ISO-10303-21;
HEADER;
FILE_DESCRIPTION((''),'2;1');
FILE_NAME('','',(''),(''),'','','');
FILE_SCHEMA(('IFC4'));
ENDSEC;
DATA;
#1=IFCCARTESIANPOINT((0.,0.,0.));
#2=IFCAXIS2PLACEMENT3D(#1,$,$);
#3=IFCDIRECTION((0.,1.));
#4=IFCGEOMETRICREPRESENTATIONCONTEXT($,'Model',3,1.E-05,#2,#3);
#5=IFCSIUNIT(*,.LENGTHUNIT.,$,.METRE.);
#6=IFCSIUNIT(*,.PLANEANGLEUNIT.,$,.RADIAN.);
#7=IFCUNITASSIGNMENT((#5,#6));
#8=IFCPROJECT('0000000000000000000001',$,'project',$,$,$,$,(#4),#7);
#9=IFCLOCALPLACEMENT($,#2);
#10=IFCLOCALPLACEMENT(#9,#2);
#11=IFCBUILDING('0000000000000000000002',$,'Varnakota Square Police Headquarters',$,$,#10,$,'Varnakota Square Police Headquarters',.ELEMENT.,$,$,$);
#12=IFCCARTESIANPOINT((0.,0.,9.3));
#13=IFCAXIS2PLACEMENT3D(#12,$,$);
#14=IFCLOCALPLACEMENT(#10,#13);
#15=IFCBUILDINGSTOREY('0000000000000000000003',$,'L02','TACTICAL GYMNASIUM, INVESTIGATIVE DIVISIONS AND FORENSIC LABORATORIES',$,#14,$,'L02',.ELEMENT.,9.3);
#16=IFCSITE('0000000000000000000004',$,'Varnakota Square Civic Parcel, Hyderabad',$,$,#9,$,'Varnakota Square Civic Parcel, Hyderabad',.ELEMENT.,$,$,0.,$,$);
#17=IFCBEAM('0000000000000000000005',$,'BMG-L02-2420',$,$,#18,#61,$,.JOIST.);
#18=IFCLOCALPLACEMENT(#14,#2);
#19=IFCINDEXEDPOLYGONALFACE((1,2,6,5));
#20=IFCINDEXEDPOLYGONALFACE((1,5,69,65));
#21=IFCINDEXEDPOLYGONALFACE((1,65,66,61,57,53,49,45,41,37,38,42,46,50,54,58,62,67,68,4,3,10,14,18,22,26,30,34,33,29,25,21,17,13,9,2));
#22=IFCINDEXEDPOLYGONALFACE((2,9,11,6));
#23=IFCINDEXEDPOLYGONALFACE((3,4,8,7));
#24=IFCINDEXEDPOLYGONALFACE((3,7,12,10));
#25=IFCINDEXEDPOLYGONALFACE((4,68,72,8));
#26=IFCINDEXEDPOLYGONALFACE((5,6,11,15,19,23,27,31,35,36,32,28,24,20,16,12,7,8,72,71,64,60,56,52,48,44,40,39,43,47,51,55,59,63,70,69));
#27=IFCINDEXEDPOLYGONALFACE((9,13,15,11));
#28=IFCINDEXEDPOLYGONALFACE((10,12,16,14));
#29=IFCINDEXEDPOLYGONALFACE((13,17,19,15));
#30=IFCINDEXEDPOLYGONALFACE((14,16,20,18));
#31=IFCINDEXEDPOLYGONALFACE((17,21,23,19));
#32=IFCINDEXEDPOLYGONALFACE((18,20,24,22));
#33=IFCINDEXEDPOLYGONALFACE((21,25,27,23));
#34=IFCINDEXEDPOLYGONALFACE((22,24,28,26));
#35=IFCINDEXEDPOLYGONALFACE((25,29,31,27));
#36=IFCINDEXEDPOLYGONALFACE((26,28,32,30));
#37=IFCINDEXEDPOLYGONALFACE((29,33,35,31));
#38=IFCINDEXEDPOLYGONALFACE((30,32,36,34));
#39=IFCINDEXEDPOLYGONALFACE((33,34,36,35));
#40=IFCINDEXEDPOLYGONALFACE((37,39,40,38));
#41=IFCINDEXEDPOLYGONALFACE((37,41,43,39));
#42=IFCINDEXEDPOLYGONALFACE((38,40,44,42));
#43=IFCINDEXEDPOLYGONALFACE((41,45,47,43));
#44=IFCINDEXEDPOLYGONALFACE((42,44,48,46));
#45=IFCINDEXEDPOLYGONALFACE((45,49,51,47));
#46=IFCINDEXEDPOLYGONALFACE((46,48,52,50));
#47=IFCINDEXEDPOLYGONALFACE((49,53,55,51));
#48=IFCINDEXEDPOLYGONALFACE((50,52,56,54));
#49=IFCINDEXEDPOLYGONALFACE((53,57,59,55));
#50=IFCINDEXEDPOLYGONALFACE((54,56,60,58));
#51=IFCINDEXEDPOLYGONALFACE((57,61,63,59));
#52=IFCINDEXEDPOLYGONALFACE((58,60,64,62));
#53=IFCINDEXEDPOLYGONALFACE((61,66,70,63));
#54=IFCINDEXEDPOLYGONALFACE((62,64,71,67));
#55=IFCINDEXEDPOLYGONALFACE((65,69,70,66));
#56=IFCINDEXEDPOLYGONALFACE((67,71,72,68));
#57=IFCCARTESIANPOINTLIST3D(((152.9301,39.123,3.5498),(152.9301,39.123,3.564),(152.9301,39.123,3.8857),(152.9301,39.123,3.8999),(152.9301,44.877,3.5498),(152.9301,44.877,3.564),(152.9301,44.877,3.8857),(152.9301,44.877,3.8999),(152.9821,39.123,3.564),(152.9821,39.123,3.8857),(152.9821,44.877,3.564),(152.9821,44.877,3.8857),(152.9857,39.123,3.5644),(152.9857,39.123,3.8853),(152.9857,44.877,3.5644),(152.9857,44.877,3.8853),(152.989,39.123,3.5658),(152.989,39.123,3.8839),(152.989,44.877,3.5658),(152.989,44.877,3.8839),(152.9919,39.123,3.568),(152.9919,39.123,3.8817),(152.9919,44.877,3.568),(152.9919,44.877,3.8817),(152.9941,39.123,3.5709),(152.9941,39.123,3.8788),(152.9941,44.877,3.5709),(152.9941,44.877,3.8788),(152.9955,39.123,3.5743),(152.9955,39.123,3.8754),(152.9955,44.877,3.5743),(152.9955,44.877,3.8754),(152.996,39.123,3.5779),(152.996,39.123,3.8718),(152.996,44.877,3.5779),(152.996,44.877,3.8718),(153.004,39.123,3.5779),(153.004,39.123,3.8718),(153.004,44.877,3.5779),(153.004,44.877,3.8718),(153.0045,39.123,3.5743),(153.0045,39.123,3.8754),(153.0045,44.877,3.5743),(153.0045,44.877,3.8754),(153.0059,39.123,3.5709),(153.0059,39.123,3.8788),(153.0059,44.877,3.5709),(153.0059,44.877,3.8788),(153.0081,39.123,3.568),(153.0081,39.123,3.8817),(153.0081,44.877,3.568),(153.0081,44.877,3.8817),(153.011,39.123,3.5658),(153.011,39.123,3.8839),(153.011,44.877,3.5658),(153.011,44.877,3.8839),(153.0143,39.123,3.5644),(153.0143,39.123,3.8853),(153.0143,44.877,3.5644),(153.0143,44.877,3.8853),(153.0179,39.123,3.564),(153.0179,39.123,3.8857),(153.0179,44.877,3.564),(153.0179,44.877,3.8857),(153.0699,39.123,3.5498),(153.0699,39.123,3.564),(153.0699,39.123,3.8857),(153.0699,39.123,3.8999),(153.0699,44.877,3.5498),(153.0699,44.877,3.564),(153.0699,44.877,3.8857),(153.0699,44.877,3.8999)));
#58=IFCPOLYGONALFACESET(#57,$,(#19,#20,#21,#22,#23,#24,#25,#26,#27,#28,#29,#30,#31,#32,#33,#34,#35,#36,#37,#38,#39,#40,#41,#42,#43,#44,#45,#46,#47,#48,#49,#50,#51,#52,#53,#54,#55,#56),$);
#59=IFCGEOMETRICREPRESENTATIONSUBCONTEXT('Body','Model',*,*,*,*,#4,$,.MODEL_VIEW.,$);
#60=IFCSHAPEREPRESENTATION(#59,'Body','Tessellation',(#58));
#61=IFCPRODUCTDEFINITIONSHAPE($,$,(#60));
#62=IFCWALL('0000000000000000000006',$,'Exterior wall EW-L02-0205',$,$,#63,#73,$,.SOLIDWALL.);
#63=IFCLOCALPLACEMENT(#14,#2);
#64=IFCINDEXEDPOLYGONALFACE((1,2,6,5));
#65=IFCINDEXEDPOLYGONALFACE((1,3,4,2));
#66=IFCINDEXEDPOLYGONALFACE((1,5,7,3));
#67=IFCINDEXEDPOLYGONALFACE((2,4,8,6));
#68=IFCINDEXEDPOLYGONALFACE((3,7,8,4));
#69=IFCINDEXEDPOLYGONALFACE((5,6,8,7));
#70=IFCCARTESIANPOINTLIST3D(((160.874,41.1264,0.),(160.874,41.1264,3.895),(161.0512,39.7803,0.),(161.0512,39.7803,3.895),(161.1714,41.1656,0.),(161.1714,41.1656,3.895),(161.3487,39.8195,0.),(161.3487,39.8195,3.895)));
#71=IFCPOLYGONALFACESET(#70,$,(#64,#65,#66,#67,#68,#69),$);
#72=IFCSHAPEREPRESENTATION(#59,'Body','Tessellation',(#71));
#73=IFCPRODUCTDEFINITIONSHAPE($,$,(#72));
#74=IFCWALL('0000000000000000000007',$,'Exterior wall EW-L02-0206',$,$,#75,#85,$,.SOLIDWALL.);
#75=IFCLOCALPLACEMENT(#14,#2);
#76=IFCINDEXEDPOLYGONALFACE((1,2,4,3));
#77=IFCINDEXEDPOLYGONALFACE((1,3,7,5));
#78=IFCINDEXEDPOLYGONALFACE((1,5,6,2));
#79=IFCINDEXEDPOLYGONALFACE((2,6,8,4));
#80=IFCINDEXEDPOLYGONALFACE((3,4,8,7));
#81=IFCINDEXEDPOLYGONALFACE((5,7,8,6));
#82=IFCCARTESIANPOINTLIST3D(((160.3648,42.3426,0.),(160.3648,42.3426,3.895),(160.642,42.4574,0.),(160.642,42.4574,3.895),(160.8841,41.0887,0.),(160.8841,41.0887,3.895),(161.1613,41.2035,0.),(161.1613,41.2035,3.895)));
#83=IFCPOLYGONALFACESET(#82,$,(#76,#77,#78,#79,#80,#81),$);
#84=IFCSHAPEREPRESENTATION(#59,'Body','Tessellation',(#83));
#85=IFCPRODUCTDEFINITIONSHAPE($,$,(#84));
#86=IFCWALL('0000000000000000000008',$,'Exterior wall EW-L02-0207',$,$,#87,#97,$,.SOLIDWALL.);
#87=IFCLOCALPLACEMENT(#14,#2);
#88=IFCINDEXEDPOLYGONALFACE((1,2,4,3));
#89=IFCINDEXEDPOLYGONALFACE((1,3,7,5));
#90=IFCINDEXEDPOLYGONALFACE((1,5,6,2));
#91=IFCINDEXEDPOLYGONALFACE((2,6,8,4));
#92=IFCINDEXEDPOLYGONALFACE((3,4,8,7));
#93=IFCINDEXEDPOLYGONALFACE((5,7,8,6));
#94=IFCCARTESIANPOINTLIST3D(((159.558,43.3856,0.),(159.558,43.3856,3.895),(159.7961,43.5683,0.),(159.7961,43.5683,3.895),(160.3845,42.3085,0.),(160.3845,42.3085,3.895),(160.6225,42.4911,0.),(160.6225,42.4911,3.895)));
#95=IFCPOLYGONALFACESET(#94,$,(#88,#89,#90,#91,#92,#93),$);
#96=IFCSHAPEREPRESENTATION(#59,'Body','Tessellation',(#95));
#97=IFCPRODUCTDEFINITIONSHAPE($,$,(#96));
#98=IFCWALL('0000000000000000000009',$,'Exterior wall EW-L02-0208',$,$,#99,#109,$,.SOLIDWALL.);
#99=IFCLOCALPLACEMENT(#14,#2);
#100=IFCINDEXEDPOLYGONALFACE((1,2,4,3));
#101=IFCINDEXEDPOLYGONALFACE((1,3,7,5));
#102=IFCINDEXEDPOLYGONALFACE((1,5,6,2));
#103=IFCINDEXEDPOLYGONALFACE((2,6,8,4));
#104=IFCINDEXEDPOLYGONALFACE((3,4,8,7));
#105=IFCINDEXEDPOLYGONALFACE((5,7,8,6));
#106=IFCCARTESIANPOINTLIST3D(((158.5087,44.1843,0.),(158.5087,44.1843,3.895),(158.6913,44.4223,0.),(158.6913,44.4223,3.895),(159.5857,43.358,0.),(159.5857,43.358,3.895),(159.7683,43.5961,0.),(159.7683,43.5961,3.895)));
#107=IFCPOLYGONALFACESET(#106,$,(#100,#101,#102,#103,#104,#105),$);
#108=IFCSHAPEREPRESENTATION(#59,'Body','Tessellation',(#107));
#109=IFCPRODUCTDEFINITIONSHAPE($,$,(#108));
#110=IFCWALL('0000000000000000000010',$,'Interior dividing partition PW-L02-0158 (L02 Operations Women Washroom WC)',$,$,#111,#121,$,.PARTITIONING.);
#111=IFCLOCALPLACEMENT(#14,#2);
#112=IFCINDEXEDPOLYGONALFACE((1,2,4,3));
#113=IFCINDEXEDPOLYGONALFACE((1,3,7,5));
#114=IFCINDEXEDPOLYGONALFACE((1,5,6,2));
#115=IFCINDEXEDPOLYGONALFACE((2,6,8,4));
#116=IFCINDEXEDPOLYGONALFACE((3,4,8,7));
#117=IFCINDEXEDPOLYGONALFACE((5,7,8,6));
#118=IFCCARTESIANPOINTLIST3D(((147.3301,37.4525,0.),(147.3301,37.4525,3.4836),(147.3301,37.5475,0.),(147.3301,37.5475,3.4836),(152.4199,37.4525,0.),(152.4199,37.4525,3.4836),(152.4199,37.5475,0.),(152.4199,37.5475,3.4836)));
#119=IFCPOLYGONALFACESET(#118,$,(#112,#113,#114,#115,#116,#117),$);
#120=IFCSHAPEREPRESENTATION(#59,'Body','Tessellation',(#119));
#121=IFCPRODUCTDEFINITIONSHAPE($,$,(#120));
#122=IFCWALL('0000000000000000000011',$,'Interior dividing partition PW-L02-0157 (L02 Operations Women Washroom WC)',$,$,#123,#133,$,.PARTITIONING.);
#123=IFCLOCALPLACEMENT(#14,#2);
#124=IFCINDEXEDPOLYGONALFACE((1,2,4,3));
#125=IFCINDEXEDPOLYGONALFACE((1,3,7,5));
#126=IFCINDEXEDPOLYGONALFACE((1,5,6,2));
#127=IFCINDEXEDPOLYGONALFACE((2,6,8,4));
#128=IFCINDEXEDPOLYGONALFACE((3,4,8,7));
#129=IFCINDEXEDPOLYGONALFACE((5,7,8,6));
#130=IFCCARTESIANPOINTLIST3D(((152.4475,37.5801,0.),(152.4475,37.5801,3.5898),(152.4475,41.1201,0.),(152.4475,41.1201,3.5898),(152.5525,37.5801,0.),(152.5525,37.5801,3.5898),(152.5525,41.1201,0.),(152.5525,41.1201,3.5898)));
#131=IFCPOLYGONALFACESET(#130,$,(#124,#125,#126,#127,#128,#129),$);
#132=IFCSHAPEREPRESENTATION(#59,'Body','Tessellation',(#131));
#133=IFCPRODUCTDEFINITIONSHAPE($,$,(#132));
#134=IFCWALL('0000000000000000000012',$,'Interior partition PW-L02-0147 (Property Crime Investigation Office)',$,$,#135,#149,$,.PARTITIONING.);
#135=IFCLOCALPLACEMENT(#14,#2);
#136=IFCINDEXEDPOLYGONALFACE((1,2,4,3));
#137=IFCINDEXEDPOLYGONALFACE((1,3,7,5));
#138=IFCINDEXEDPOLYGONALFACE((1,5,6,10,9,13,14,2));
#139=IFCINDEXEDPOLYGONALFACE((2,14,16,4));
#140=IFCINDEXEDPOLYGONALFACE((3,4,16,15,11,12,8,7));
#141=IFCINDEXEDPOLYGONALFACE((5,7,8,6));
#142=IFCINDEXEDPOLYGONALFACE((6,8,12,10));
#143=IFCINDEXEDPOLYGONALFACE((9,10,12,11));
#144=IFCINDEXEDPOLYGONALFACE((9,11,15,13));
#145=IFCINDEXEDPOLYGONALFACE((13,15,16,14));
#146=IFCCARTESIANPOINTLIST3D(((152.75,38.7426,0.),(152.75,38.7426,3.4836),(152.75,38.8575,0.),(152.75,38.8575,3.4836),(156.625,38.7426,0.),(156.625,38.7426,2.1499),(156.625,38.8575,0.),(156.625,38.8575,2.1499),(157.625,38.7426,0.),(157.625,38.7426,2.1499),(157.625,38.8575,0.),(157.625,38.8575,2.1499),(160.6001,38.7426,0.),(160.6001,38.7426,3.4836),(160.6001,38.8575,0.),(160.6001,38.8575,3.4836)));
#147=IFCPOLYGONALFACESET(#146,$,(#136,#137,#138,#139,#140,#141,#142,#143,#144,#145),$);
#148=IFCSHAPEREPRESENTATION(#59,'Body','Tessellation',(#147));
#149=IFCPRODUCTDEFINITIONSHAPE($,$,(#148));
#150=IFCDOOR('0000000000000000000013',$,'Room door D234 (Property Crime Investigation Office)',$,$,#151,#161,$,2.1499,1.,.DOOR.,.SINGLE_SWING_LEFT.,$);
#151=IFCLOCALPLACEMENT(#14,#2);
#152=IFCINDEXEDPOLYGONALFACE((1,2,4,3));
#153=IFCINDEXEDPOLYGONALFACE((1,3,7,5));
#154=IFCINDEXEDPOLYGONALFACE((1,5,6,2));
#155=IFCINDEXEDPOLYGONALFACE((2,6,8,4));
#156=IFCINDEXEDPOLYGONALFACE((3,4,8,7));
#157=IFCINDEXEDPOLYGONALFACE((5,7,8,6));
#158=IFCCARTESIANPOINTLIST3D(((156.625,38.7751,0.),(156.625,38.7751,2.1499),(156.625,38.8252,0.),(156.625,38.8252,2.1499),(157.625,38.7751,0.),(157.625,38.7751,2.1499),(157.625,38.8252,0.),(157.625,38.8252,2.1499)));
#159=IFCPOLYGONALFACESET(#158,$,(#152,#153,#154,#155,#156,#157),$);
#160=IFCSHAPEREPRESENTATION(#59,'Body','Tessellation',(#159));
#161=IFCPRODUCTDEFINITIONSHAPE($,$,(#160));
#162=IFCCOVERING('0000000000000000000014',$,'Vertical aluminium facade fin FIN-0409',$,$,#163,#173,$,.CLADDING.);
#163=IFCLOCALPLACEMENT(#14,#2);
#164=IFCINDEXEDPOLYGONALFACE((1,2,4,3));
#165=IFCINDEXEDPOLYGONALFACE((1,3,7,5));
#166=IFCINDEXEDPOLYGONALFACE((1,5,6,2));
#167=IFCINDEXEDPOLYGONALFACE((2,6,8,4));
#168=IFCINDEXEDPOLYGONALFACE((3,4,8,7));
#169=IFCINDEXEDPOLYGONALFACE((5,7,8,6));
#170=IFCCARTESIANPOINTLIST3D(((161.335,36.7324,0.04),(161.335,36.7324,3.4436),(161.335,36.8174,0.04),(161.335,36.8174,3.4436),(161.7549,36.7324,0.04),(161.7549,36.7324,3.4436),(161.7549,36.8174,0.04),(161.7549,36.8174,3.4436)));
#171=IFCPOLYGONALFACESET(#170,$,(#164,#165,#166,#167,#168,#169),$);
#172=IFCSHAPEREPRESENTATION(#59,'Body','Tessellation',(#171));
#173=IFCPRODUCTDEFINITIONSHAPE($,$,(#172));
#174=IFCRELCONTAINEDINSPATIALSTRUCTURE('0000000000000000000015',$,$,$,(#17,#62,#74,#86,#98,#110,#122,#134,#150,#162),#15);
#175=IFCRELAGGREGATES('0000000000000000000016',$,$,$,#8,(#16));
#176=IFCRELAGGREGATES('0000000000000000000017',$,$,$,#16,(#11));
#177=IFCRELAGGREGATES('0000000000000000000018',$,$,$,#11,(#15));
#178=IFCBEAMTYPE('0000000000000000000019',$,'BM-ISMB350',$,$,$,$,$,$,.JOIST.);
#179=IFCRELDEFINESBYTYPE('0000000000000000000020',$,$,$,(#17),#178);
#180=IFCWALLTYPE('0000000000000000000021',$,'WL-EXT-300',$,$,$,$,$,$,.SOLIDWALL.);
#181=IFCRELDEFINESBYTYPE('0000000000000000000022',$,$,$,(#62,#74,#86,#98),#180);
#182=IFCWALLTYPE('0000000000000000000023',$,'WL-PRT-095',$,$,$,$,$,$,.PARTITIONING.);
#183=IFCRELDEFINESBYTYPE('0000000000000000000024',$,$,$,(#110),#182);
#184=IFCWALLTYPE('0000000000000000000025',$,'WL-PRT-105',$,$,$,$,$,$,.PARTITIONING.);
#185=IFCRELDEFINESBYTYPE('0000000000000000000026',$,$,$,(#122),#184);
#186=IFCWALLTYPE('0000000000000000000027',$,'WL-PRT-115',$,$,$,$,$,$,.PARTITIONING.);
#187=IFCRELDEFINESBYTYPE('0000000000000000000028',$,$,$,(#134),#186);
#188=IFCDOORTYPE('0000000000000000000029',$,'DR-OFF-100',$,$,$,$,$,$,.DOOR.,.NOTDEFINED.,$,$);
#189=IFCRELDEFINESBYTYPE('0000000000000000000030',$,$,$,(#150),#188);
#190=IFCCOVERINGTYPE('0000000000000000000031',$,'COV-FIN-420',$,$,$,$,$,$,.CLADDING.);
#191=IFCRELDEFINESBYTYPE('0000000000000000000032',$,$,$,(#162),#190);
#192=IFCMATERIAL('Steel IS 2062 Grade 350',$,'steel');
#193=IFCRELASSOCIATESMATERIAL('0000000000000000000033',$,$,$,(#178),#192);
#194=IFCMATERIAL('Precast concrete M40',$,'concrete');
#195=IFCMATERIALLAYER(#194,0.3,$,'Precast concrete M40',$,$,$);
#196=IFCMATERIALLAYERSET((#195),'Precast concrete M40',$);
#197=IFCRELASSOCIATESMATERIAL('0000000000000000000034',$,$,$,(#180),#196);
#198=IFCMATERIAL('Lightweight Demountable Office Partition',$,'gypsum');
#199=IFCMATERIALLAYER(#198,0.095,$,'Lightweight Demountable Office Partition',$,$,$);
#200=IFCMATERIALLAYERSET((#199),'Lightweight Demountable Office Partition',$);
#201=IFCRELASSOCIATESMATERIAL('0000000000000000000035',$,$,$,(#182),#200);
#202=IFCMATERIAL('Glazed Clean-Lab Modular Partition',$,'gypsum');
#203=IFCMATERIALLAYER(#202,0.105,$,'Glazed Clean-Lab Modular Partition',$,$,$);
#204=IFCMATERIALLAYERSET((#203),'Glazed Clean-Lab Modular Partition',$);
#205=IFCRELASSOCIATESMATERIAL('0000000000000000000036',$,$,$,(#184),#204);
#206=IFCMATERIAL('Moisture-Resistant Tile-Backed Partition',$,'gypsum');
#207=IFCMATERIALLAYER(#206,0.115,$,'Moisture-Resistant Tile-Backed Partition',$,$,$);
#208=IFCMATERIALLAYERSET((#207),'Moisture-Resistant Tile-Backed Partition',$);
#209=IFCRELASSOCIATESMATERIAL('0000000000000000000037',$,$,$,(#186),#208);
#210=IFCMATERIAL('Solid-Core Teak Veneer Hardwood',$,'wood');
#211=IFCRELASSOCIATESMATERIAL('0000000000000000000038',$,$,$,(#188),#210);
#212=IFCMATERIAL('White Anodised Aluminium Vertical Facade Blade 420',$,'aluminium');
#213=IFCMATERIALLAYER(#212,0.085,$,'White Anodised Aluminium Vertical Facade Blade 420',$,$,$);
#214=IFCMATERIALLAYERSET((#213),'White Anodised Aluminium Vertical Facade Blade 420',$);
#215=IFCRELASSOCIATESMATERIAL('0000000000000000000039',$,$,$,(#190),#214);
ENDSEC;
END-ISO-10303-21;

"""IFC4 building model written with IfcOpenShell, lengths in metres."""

from ifc_helpers import new_model, si_unit, direction, frame, frame_2d, origin, origin_2d, place, context, subcontext, project, spatial, rectangle, i_section, extrude, material, layer, layer_set, material_profile, profile_set, type_object, element, fill, save


model = new_model("IFC4")

# Units and contexts
model_context = context("Model", 3, precision=1e-05, world=origin(), true_north=direction((0.0, 1.0)))
body_context = subcontext(model_context, "Body", "Model", "MODEL_VIEW")
ifc_project = project(units=[si_unit("LENGTHUNIT", "METRE"), si_unit("PLANEANGLEUNIT", "RADIAN")], contexts=[model_context])

# Site, building, storey
site_placement = place(None, origin())
site = spatial("IfcSite", under=ifc_project, at=site_placement, Name="Varnakota Square Civic Parcel, Hyderabad", LongName="Varnakota Square Civic Parcel, Hyderabad", CompositionType="ELEMENT", RefElevation=0.0)
building_placement = place(site_placement, origin())
building = spatial("IfcBuilding", under=site, at=building_placement, Name="Varnakota Square Police Headquarters", LongName="Varnakota Square Police Headquarters", CompositionType="ELEMENT")
storey_placement = place(building_placement, frame((0.0, 0.0, 9.3)))
storey = spatial("IfcBuildingStorey", under=building, at=storey_placement, Name="L02", Description="TACTICAL GYMNASIUM, INVESTIGATIVE DIVISIONS AND FORENSIC LABORATORIES", LongName="L02", CompositionType="ELEMENT", Elevation=9.3)

# Shared definitions
ifc_material_1 = material(Name="Steel IS 2062 Grade 350", Category="steel")

# Beam
ifc_material_profile_1 = material_profile(ifc_material_1, i_section(OverallWidth=0.1399, OverallDepth=0.3501, WebThickness=0.0081, FlangeThickness=0.0142, FilletRadius=0.0139, at=origin_2d()), Name="ISMB 350")
ifc_profile_set_1 = profile_set([ifc_material_profile_1], Name="Steel IS 2062 Grade 350")
beam_type_1 = type_object("IfcBeamType", Name="BM-ISMB350", PredefinedType="JOIST", material=ifc_profile_set_1)
beam_1_placement = place(storey_placement, frame((153.0, 39.123, 3.7249), z_axis=(0.0, 1.0, 0.0), x_axis=(-1.0, 0.0, 0.0)))
element("IfcBeam", 1, at=beam_1_placement, inside=storey, type_object=beam_type_1, Name="BMG-L02-2420", PredefinedType="JOIST", context=body_context, shape_type="SweptSolid", body=[
    extrude(i_section(OverallWidth=0.1399, OverallDepth=0.3501, WebThickness=0.0081, FlangeThickness=0.0142, FilletRadius=0.0139, at=origin_2d()), origin(), (0.0, 0.0, 1.0), 5.7539),
])

# Walls
ifc_material_2 = material(Name="Precast concrete M40", Category="concrete")
ifc_layer_1 = layer(ifc_material_2, 0.3, Name="Precast concrete M40")
ifc_layer_set_1 = layer_set([ifc_layer_1], Name="Precast concrete M40")
wall_type_1 = type_object("IfcWallType", Name="WL-EXT-300", PredefinedType="SOLIDWALL", material=ifc_layer_set_1)
wall_1_placement = place(storey_placement, frame((161.2, 39.8, 0.0), z_axis=(0.0, 0.0, 1.0), x_axis=(-0.130562, 0.99144, 0.0)))
element("IfcWall", 2, at=wall_1_placement, inside=storey, type_object=wall_type_1, Name="Exterior wall EW-L02-0205", PredefinedType="SOLIDWALL", context=body_context, shape_type="SweptSolid", body=[
    extrude(rectangle(XDim=1.3577, YDim=0.3, at=frame_2d((0.6787, 0.0))), origin(), (0.0, 0.0, 1.0), 3.895),
])
wall_2_placement = place(storey_placement, frame((161.0227, 41.146, 0.0), z_axis=(0.0, 0.0, 1.0), x_axis=(-0.382622, 0.923905, 0.0)))
element("IfcWall", 3, at=wall_2_placement, inside=storey, type_object=wall_type_1, Name="Exterior wall EW-L02-0206", PredefinedType="SOLIDWALL", context=body_context, shape_type="SweptSolid", body=[
    extrude(rectangle(XDim=1.3572, YDim=0.3, at=frame_2d((0.6787, 0.0))), origin(), (0.0, 0.0, 1.0), 3.895),
])
wall_3_placement = place(storey_placement, frame((160.5034, 42.3999, 0.0), z_axis=(0.0, 0.0, 1.0), x_axis=(-0.608711, 0.793392, 0.0)))
element("IfcWall", 4, at=wall_3_placement, inside=storey, type_object=wall_type_1, Name="Exterior wall EW-L02-0207", PredefinedType="SOLIDWALL", context=body_context, shape_type="SweptSolid", body=[
    extrude(rectangle(XDim=1.3577, YDim=0.3, at=frame_2d((0.6787, 0.0))), origin(), (0.0, 0.0, 1.0), 3.895),
])
wall_4_placement = place(storey_placement, frame((159.677, 43.4771, 0.0), z_axis=(0.0, 0.0, 1.0), x_axis=(-0.793412, 0.608685, 0.0)))
element("IfcWall", 5, at=wall_4_placement, inside=storey, type_object=wall_type_1, Name="Exterior wall EW-L02-0208", PredefinedType="SOLIDWALL", context=body_context, shape_type="SweptSolid", body=[
    extrude(rectangle(XDim=1.3574, YDim=0.3, at=frame_2d((0.6787, 0.0))), origin(), (0.0, 0.0, 1.0), 3.895),
])
ifc_material_3 = material(Name="Lightweight Demountable Office Partition", Category="gypsum")
ifc_layer_2 = layer(ifc_material_3, 0.095, Name="Lightweight Demountable Office Partition")
ifc_layer_set_2 = layer_set([ifc_layer_2], Name="Lightweight Demountable Office Partition")
wall_type_2 = type_object("IfcWallType", Name="WL-PRT-095", PredefinedType="PARTITIONING", material=ifc_layer_set_2)
wall_5_placement = place(storey_placement, frame((152.4199, 37.5, 0.0), z_axis=(0.0, 0.0, 1.0), x_axis=(-1.0, 0.0, 0.0)))
element("IfcWall", 6, at=wall_5_placement, inside=storey, type_object=wall_type_2, Name="Interior dividing partition PW-L02-0158 (L02 Operations Women Washroom WC)", PredefinedType="PARTITIONING", context=body_context, shape_type="SweptSolid", body=[
    extrude(rectangle(XDim=5.0898, YDim=0.095, at=frame_2d((2.5449, 0.0))), origin(), (0.0, 0.0, 1.0), 3.4836),
])
ifc_material_4 = material(Name="Glazed Clean-Lab Modular Partition", Category="gypsum")
ifc_layer_3 = layer(ifc_material_4, 0.105, Name="Glazed Clean-Lab Modular Partition")
ifc_layer_set_3 = layer_set([ifc_layer_3], Name="Glazed Clean-Lab Modular Partition")
wall_type_3 = type_object("IfcWallType", Name="WL-PRT-105", PredefinedType="PARTITIONING", material=ifc_layer_set_3)
wall_6_placement = place(storey_placement, frame((152.5, 41.1201, 0.0), z_axis=(0.0, 0.0, 1.0), x_axis=(0.0, -1.0, 0.0)))
element("IfcWall", 7, at=wall_6_placement, inside=storey, type_object=wall_type_3, Name="Interior dividing partition PW-L02-0157 (L02 Operations Women Washroom WC)", PredefinedType="PARTITIONING", context=body_context, shape_type="SweptSolid", body=[
    extrude(rectangle(XDim=3.54, YDim=0.105, at=frame_2d((1.77, 0.0))), origin(), (0.0, 0.0, 1.0), 3.5898),
])

# Wall, opening, door
ifc_material_5 = material(Name="Moisture-Resistant Tile-Backed Partition", Category="gypsum")
ifc_layer_4 = layer(ifc_material_5, 0.115, Name="Moisture-Resistant Tile-Backed Partition")
ifc_layer_set_4 = layer_set([ifc_layer_4], Name="Moisture-Resistant Tile-Backed Partition")
wall_type_4 = type_object("IfcWallType", Name="WL-PRT-115", PredefinedType="PARTITIONING", material=ifc_layer_set_4)
wall_7_placement = place(storey_placement, frame((160.6001, 38.8, 0.0), z_axis=(0.0, 0.0, 1.0), x_axis=(-1.0, 0.0, 0.0)))
wall_7 = element("IfcWall", 8, at=wall_7_placement, inside=storey, type_object=wall_type_4, Name="Interior partition PW-L02-0147 (Property Crime Investigation Office)", PredefinedType="PARTITIONING", context=body_context, shape_type="SweptSolid", body=[
    extrude(rectangle(XDim=7.8501, YDim=0.115, at=frame_2d((3.925, 0.0))), origin(), (0.0, 0.0, 1.0), 3.4836),
])
opening_placement = place(wall_7_placement, frame((2.9751, 0.0, 0.0)))
opening = element("IfcOpeningElement", 9, at=opening_placement, cuts=wall_7, PredefinedType="OPENING", context=body_context, shape_type="SweptSolid", body=[
    extrude(rectangle(XDim=1.0, YDim=2.1499, at=frame_2d((0.5, 1.075))), frame((0.0, 0.0674, 0.0), z_axis=(0.0, -1.0, 0.0), x_axis=(1.0, 0.0, 0.0)), (0.0, 0.0, 1.0), 0.135),
])
ifc_material_6 = material(Name="Solid-Core Teak Veneer Hardwood", Category="wood")
door_type = type_object("IfcDoorType", Name="DR-OFF-100", OperationType="NOTDEFINED", PredefinedType="DOOR", material=ifc_material_6)
door_placement = place(opening_placement, origin())
door = element("IfcDoor", 10, at=door_placement, inside=storey, type_object=door_type, Name="Room door D234 (Property Crime Investigation Office)", OperationType="SINGLE_SWING_LEFT", OverallHeight=2.1499, OverallWidth=1.0, PredefinedType="DOOR", context=body_context, shape_type="SweptSolid", body=[
    extrude(rectangle(XDim=1.0, YDim=2.1499, at=frame_2d((0.5, 1.075))), frame((0.0, 0.0249, 0.0), z_axis=(0.0, -1.0, 0.0), x_axis=(1.0, 0.0, 0.0)), (0.0, 0.0, 1.0), 0.05),
])
fill(opening, door)

# Covering
ifc_material_7 = material(Name="White Anodised Aluminium Vertical Facade Blade 420", Category="aluminium")
ifc_layer_5 = layer(ifc_material_7, 0.085, Name="White Anodised Aluminium Vertical Facade Blade 420")
ifc_layer_set_5 = layer_set([ifc_layer_5], Name="White Anodised Aluminium Vertical Facade Blade 420")
covering_type_1 = type_object("IfcCoveringType", Name="COV-FIN-420", PredefinedType="CLADDING", material=ifc_layer_set_5)
covering_1_placement = place(storey_placement, frame((161.5449, 36.7749, 0.04), z_axis=(0.0, 0.0, 1.0), x_axis=(0.0, 1.0, 0.0)))
element("IfcCovering", 11, at=covering_1_placement, inside=storey, type_object=covering_type_1, Name="Vertical aluminium facade fin FIN-0409", PredefinedType="CLADDING", context=body_context, shape_type="SweptSolid", body=[
    extrude(rectangle(XDim=0.085, YDim=0.4199, at=origin_2d()), origin(), (0.0, 0.0, 1.0), 3.4036),
])

save(model, "model.ifc")
